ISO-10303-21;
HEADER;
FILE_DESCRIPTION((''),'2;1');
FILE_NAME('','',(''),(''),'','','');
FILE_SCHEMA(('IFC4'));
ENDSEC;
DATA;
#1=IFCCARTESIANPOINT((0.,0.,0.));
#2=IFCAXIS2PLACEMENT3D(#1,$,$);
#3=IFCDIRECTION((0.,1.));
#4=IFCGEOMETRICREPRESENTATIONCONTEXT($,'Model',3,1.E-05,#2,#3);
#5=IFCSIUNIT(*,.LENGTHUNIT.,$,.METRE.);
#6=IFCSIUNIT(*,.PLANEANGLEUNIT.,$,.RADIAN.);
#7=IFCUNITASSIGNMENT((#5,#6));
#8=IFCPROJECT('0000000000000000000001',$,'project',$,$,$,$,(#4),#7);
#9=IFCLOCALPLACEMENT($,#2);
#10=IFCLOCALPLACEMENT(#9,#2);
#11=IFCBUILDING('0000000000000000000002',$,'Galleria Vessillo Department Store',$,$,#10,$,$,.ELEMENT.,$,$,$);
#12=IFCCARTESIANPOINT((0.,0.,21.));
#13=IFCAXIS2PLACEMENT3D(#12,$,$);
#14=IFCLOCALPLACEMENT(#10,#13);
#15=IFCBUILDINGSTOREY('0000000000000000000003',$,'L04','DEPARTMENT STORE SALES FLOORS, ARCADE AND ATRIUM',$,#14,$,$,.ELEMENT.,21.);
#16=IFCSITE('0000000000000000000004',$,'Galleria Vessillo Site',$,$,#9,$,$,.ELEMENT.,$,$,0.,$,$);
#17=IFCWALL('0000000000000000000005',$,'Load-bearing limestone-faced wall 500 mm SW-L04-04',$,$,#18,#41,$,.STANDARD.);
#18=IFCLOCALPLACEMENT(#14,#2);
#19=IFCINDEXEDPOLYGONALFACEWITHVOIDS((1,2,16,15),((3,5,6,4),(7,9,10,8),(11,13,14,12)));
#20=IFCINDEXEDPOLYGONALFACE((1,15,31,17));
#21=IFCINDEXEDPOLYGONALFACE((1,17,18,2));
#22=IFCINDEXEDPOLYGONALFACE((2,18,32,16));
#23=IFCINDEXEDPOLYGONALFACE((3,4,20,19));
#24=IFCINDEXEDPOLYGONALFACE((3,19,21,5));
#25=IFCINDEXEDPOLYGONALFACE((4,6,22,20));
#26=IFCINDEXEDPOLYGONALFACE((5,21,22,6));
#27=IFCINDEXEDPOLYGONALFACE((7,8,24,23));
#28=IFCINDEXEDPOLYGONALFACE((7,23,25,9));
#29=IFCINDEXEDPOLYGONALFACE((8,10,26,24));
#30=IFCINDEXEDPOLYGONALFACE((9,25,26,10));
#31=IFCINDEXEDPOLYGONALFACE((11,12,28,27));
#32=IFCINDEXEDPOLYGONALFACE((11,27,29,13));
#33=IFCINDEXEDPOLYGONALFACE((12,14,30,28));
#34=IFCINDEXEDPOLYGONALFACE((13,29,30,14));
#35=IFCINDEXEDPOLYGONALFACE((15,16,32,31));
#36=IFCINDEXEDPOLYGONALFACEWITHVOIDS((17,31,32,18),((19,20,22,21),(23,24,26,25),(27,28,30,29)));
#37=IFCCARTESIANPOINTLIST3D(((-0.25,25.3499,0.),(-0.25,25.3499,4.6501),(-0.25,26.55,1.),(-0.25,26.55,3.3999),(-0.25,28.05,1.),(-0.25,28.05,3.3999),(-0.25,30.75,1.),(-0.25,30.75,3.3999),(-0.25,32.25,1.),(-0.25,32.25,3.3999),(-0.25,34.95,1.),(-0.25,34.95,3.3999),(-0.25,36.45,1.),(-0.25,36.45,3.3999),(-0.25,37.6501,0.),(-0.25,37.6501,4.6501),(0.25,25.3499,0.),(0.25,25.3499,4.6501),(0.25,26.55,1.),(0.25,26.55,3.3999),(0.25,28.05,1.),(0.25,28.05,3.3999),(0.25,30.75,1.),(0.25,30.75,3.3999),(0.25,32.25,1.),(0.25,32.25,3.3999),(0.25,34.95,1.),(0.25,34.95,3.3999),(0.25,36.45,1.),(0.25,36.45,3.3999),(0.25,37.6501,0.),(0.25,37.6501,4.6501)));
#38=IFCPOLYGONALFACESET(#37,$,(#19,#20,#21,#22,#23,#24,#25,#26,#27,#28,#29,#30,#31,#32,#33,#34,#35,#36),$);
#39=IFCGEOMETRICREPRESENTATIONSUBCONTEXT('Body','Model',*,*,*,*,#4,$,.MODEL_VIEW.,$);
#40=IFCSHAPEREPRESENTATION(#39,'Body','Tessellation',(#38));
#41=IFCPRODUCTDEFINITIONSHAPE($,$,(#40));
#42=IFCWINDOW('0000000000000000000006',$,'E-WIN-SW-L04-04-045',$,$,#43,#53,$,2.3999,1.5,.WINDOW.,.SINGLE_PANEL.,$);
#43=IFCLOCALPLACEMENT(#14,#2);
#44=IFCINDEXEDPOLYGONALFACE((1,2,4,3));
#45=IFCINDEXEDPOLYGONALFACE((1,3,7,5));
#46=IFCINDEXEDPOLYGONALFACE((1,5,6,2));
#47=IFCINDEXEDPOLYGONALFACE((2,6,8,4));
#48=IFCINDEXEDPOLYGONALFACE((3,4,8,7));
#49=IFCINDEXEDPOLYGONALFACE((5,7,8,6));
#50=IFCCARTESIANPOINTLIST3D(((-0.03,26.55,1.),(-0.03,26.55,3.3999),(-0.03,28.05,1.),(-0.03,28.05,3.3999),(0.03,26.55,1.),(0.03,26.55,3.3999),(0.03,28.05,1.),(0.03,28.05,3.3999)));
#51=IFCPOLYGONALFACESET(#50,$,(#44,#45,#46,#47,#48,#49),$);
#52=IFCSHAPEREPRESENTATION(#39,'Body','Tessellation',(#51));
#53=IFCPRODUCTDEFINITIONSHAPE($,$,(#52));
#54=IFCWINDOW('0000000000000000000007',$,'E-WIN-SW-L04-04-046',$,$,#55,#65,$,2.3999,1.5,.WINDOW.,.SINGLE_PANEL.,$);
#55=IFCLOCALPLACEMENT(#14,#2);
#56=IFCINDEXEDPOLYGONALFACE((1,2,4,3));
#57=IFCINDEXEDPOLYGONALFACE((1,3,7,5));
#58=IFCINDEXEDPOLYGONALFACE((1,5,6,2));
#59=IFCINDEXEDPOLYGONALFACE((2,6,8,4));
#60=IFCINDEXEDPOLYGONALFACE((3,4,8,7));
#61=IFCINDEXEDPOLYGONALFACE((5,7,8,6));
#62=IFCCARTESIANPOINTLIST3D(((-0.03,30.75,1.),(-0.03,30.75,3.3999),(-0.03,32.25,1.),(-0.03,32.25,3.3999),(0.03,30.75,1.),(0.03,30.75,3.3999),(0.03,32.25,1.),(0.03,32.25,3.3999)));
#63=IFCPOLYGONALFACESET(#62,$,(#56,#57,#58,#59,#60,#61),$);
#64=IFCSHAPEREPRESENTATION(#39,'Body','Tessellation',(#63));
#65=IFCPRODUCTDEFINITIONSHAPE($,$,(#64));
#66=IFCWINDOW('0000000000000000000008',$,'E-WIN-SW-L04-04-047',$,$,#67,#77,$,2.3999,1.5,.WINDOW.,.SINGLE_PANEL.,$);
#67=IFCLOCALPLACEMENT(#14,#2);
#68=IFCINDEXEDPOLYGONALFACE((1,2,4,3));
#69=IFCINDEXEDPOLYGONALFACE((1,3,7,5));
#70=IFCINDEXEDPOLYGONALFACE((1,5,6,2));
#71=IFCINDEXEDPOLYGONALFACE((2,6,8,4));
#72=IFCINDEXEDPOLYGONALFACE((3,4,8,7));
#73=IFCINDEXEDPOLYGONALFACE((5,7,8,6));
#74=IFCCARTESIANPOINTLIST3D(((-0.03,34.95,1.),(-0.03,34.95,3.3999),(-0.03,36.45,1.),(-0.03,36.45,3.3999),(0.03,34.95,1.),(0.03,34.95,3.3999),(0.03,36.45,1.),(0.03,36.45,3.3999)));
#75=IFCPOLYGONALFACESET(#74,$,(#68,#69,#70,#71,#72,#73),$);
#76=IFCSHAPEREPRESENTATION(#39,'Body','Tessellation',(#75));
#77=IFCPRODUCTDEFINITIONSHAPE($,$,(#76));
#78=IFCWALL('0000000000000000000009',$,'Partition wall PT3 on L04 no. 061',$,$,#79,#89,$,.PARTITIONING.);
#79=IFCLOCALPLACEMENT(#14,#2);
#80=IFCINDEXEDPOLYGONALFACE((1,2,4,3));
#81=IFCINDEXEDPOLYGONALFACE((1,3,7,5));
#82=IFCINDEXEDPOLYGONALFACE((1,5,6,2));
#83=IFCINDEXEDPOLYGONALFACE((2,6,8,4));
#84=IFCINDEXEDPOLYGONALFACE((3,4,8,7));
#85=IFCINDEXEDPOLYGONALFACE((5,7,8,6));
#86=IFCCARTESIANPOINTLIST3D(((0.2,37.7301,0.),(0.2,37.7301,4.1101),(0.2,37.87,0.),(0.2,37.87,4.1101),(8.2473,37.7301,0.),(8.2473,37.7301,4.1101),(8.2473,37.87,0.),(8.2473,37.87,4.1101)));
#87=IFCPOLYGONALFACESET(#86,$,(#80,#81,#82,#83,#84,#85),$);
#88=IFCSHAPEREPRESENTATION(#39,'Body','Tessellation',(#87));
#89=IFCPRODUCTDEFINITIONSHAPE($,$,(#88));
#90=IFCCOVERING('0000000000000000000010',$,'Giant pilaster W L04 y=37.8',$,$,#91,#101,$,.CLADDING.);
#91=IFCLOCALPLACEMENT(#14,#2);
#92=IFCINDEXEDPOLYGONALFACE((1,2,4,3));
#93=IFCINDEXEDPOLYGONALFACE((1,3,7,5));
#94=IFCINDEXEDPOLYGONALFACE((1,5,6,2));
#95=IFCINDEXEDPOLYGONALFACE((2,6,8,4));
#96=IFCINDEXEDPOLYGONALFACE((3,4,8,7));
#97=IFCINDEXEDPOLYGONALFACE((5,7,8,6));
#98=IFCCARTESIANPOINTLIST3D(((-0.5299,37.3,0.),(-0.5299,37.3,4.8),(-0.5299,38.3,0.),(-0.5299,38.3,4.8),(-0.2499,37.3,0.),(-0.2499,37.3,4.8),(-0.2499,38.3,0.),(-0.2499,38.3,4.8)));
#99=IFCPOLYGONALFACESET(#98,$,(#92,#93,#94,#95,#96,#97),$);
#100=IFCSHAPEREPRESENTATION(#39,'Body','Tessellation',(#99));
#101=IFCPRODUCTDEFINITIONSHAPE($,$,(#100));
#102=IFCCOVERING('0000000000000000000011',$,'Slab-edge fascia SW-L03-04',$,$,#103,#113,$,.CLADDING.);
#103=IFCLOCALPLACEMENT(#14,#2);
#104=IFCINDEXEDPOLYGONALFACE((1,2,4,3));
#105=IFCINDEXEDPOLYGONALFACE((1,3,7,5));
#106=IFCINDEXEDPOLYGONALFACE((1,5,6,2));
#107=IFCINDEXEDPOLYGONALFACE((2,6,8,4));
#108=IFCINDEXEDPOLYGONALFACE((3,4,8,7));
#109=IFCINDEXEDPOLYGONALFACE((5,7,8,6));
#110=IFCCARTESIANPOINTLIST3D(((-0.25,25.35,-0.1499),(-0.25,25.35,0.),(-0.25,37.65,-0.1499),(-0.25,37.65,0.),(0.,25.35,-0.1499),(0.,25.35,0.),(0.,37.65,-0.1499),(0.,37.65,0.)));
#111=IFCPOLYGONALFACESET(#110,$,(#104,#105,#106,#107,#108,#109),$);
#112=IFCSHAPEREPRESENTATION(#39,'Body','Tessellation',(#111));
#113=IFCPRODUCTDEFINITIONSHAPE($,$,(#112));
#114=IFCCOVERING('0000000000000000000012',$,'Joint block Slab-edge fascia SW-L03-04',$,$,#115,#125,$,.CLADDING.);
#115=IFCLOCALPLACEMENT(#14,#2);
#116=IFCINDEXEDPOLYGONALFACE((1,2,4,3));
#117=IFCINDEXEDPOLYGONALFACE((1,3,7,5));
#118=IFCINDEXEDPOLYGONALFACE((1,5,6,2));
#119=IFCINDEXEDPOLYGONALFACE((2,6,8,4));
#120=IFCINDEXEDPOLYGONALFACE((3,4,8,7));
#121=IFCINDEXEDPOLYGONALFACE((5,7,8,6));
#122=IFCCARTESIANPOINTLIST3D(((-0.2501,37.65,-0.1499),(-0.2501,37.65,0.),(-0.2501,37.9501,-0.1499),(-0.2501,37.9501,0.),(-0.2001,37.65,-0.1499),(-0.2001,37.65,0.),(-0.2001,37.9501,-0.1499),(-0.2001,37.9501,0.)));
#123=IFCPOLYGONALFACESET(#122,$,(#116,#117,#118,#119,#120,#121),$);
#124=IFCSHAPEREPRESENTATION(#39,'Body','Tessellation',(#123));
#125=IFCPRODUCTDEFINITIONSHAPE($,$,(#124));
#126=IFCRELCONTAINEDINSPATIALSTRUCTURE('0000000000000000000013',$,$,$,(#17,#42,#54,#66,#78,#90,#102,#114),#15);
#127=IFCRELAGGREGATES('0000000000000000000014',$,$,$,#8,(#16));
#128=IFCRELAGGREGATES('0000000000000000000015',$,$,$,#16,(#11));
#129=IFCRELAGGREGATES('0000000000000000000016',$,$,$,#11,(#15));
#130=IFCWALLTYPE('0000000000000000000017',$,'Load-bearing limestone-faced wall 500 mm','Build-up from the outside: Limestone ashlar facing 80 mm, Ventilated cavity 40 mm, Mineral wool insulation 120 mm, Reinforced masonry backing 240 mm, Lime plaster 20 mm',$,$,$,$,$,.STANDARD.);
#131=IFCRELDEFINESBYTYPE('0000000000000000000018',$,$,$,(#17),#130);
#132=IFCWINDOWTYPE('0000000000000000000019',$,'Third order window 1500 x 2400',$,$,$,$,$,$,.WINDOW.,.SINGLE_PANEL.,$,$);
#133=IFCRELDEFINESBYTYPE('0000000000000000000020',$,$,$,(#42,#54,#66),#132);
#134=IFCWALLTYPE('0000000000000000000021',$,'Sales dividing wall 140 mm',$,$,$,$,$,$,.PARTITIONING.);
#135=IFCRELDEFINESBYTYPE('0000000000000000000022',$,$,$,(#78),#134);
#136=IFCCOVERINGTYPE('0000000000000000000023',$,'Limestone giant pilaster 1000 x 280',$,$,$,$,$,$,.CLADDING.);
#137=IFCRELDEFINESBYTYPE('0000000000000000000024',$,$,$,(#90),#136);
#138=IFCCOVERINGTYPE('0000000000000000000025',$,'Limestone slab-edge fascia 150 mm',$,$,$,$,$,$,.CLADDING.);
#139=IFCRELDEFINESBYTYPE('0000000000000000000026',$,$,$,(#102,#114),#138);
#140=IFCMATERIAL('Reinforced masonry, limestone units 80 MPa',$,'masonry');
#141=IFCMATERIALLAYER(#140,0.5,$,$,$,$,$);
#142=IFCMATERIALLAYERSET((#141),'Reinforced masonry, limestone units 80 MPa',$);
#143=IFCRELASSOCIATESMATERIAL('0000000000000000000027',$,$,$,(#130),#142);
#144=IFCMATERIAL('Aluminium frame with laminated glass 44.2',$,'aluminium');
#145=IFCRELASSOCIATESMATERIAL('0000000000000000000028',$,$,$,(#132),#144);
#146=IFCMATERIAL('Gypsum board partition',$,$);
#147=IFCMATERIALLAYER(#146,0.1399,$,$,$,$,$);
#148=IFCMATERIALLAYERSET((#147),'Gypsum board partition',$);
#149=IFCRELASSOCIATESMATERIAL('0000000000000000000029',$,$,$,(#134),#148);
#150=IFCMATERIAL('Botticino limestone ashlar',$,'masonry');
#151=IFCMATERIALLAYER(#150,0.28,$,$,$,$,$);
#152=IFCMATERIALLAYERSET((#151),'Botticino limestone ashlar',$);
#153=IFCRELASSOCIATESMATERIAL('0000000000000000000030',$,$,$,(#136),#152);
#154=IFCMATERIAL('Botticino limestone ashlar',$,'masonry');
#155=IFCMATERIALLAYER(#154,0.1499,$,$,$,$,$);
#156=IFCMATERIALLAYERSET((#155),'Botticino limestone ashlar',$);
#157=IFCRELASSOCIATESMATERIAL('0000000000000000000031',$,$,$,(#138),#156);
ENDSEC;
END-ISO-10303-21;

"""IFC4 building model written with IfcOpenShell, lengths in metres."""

from ifc_helpers import new_model, si_unit, direction, frame, frame_2d, origin, origin_2d, place, context, subcontext, project, spatial, rectangle, extrude, material, layer, layer_set, type_object, element, fill, save


model = new_model("IFC4")

# Units and contexts
model_context = context("Model", 3, precision=1e-05, world=origin(), true_north=direction((0.0, 1.0)))
body_context = subcontext(model_context, "Body", "Model", "MODEL_VIEW")
ifc_project = project(units=[si_unit("LENGTHUNIT", "METRE"), si_unit("PLANEANGLEUNIT", "RADIAN")], contexts=[model_context])

# Site, building, storey
site_placement = place(None, origin())
site = spatial("IfcSite", under=ifc_project, at=site_placement, Name="Galleria Vessillo Site", CompositionType="ELEMENT", RefElevation=0.0)
building_placement = place(site_placement, origin())
building = spatial("IfcBuilding", under=site, at=building_placement, Name="Galleria Vessillo Department Store", CompositionType="ELEMENT")
storey_placement = place(building_placement, frame((0.0, 0.0, 21.0)))
storey = spatial("IfcBuildingStorey", under=building, at=storey_placement, Name="L04", Description="DEPARTMENT STORE SALES FLOORS, ARCADE AND ATRIUM", CompositionType="ELEMENT", Elevation=21.0)

# Wall, openings, windows
ifc_material_1 = material(Name="Reinforced masonry, limestone units 80 MPa", Category="masonry")
ifc_layer_1 = layer(ifc_material_1, 0.5)
ifc_layer_set_1 = layer_set([ifc_layer_1], Name="Reinforced masonry, limestone units 80 MPa")
wall_type_1 = type_object("IfcWallType", Name="Load-bearing limestone-faced wall 500 mm", Description="Build-up from the outside: Limestone ashlar facing 80 mm, Ventilated cavity 40 mm, Mineral wool insulation 120 mm, Reinforced masonry backing 240 mm, Lime plaster 20 mm", PredefinedType="STANDARD", material=ifc_layer_set_1)
wall_1_placement = place(storey_placement, frame((0.0, 25.3499, 0.0), z_axis=(0.0, 0.0, 1.0), x_axis=(0.0, 1.0, 0.0)))
wall_1 = element("IfcWall", 1, at=wall_1_placement, inside=storey, type_object=wall_type_1, Name="Load-bearing limestone-faced wall 500 mm SW-L04-04", PredefinedType="STANDARD", context=body_context, shape_type="SweptSolid", body=[
    extrude(rectangle(XDim=12.3003, YDim=0.5, at=frame_2d((6.1501, 0.0))), origin(), (0.0, 0.0, 1.0), 4.6501),
])
opening_1_placement = place(wall_1_placement, frame((1.2002, 0.0, 1.0)))
opening_1 = element("IfcOpeningElement", 2, at=opening_1_placement, cuts=wall_1, PredefinedType="OPENING", context=body_context, shape_type="SweptSolid", body=[
    extrude(rectangle(XDim=1.5, YDim=2.3999, at=frame_2d((0.75, 1.2))), frame((0.0, 0.26, 0.0), z_axis=(0.0, -1.0, 0.0), x_axis=(1.0, 0.0, 0.0)), (0.0, 0.0, 1.0), 0.52),
])
opening_2_placement = place(wall_1_placement, frame((5.4001, 0.0, 1.0)))
opening_2 = element("IfcOpeningElement", 3, at=opening_2_placement, cuts=wall_1, PredefinedType="OPENING", context=body_context, shape_type="SweptSolid", body=[
    extrude(rectangle(XDim=1.5, YDim=2.3999, at=frame_2d((0.75, 1.2))), frame((0.0, 0.26, 0.0), z_axis=(0.0, -1.0, 0.0), x_axis=(1.0, 0.0, 0.0)), (0.0, 0.0, 1.0), 0.52),
])
opening_3_placement = place(wall_1_placement, frame((9.6001, 0.0, 1.0)))
opening_3 = element("IfcOpeningElement", 4, at=opening_3_placement, cuts=wall_1, PredefinedType="OPENING", context=body_context, shape_type="SweptSolid", body=[
    extrude(rectangle(XDim=1.5, YDim=2.3999, at=frame_2d((0.75, 1.2))), frame((0.0, 0.26, 0.0), z_axis=(0.0, -1.0, 0.0), x_axis=(1.0, 0.0, 0.0)), (0.0, 0.0, 1.0), 0.52),
])
ifc_material_2 = material(Name="Aluminium frame with laminated glass 44.2", Category="aluminium")
window_type = type_object("IfcWindowType", Name="Third order window 1500 x 2400", PartitioningType="SINGLE_PANEL", PredefinedType="WINDOW", material=ifc_material_2)
window_1_placement = place(opening_1_placement, origin())
window_1 = element("IfcWindow", 5, at=window_1_placement, inside=storey, type_object=window_type, Name="E-WIN-SW-L04-04-045", OverallHeight=2.3999, OverallWidth=1.5, PartitioningType="SINGLE_PANEL", PredefinedType="WINDOW", context=body_context, shape_type="SweptSolid", body=[
    extrude(rectangle(XDim=1.5, YDim=2.3999, at=frame_2d((0.75, 1.2))), frame((0.0, 0.03, 0.0), z_axis=(0.0, -1.0, 0.0), x_axis=(1.0, 0.0, 0.0)), (0.0, 0.0, 1.0), 0.0601),
])
fill(opening_1, window_1)
window_2_placement = place(opening_2_placement, origin())
window_2 = element("IfcWindow", 6, at=window_2_placement, inside=storey, type_object=window_type, Name="E-WIN-SW-L04-04-046", OverallHeight=2.3999, OverallWidth=1.5, PartitioningType="SINGLE_PANEL", PredefinedType="WINDOW", context=body_context, shape_type="SweptSolid", body=[
    extrude(rectangle(XDim=1.5, YDim=2.3999, at=frame_2d((0.75, 1.2))), frame((0.0, 0.03, 0.0), z_axis=(0.0, -1.0, 0.0), x_axis=(1.0, 0.0, 0.0)), (0.0, 0.0, 1.0), 0.0601),
])
fill(opening_2, window_2)
window_3_placement = place(opening_3_placement, origin())
window_3 = element("IfcWindow", 7, at=window_3_placement, inside=storey, type_object=window_type, Name="E-WIN-SW-L04-04-047", OverallHeight=2.3999, OverallWidth=1.5, PartitioningType="SINGLE_PANEL", PredefinedType="WINDOW", context=body_context, shape_type="SweptSolid", body=[
    extrude(rectangle(XDim=1.5, YDim=2.3999, at=frame_2d((0.75, 1.2))), frame((0.0, 0.03, 0.0), z_axis=(0.0, -1.0, 0.0), x_axis=(1.0, 0.0, 0.0)), (0.0, 0.0, 1.0), 0.0601),
])
fill(opening_3, window_3)

# Wall
ifc_material_3 = material(Name="Gypsum board partition")
ifc_layer_2 = layer(ifc_material_3, 0.1399)
ifc_layer_set_2 = layer_set([ifc_layer_2], Name="Gypsum board partition")
wall_type_2 = type_object("IfcWallType", Name="Sales dividing wall 140 mm", PredefinedType="PARTITIONING", material=ifc_layer_set_2)
wall_2_placement = place(storey_placement, frame((0.2, 37.8, 0.0), z_axis=(0.0, 0.0, 1.0), x_axis=(1.0, 0.0, 0.0)))
element("IfcWall", 8, at=wall_2_placement, inside=storey, type_object=wall_type_2, Name="Partition wall PT3 on L04 no. 061", PredefinedType="PARTITIONING", context=body_context, shape_type="SweptSolid", body=[
    extrude(rectangle(XDim=8.0474, YDim=0.1399, at=frame_2d((4.0237, 0.0))), origin(), (0.0, 0.0, 1.0), 4.1101),
])

# Coverings
ifc_material_4 = material(Name="Botticino limestone ashlar", Category="masonry")
ifc_layer_3 = layer(ifc_material_4, 0.28)
ifc_layer_set_3 = layer_set([ifc_layer_3], Name="Botticino limestone ashlar")
covering_type_1 = type_object("IfcCoveringType", Name="Limestone giant pilaster 1000 x 280", PredefinedType="CLADDING", material=ifc_layer_set_3)
covering_1_placement = place(storey_placement, frame((-0.3899, 37.8, 0.0), z_axis=(0.0, 0.0, 1.0), x_axis=(1.0, 0.0, 0.0)))
element("IfcCovering", 9, at=covering_1_placement, inside=storey, type_object=covering_type_1, Name="Giant pilaster W L04 y=37.8", PredefinedType="CLADDING", context=body_context, shape_type="SweptSolid", body=[
    extrude(rectangle(XDim=0.28, YDim=1.0, at=origin_2d()), origin(), (0.0, 0.0, 1.0), 4.8),
])
ifc_material_5 = material(Name="Botticino limestone ashlar", Category="masonry")
ifc_layer_4 = layer(ifc_material_5, 0.1499)
ifc_layer_set_4 = layer_set([ifc_layer_4], Name="Botticino limestone ashlar")
covering_type_2 = type_object("IfcCoveringType", Name="Limestone slab-edge fascia 150 mm", PredefinedType="CLADDING", material=ifc_layer_set_4)
covering_2_placement = place(storey_placement, frame((-0.125, 31.5, -0.1499), z_axis=(0.0, 0.0, 1.0), x_axis=(1.0, 0.0, 0.0)))
element("IfcCovering", 10, at=covering_2_placement, inside=storey, type_object=covering_type_2, Name="Slab-edge fascia SW-L03-04", PredefinedType="CLADDING", context=body_context, shape_type="SweptSolid", body=[
    extrude(rectangle(XDim=0.25, YDim=12.3, at=origin_2d()), origin(), (0.0, 0.0, 1.0), 0.1499),
])
covering_3_placement = place(storey_placement, frame((-0.2251, 37.8, -0.1499), z_axis=(0.0, 0.0, 1.0), x_axis=(1.0, 0.0, 0.0)))
element("IfcCovering", 11, at=covering_3_placement, inside=storey, type_object=covering_type_2, Name="Joint block Slab-edge fascia SW-L03-04", PredefinedType="CLADDING", context=body_context, shape_type="SweptSolid", body=[
    extrude(rectangle(XDim=0.05, YDim=0.3, at=origin_2d()), origin(), (0.0, 0.0, 1.0), 0.1499),
])

save(model, "model.ifc")
